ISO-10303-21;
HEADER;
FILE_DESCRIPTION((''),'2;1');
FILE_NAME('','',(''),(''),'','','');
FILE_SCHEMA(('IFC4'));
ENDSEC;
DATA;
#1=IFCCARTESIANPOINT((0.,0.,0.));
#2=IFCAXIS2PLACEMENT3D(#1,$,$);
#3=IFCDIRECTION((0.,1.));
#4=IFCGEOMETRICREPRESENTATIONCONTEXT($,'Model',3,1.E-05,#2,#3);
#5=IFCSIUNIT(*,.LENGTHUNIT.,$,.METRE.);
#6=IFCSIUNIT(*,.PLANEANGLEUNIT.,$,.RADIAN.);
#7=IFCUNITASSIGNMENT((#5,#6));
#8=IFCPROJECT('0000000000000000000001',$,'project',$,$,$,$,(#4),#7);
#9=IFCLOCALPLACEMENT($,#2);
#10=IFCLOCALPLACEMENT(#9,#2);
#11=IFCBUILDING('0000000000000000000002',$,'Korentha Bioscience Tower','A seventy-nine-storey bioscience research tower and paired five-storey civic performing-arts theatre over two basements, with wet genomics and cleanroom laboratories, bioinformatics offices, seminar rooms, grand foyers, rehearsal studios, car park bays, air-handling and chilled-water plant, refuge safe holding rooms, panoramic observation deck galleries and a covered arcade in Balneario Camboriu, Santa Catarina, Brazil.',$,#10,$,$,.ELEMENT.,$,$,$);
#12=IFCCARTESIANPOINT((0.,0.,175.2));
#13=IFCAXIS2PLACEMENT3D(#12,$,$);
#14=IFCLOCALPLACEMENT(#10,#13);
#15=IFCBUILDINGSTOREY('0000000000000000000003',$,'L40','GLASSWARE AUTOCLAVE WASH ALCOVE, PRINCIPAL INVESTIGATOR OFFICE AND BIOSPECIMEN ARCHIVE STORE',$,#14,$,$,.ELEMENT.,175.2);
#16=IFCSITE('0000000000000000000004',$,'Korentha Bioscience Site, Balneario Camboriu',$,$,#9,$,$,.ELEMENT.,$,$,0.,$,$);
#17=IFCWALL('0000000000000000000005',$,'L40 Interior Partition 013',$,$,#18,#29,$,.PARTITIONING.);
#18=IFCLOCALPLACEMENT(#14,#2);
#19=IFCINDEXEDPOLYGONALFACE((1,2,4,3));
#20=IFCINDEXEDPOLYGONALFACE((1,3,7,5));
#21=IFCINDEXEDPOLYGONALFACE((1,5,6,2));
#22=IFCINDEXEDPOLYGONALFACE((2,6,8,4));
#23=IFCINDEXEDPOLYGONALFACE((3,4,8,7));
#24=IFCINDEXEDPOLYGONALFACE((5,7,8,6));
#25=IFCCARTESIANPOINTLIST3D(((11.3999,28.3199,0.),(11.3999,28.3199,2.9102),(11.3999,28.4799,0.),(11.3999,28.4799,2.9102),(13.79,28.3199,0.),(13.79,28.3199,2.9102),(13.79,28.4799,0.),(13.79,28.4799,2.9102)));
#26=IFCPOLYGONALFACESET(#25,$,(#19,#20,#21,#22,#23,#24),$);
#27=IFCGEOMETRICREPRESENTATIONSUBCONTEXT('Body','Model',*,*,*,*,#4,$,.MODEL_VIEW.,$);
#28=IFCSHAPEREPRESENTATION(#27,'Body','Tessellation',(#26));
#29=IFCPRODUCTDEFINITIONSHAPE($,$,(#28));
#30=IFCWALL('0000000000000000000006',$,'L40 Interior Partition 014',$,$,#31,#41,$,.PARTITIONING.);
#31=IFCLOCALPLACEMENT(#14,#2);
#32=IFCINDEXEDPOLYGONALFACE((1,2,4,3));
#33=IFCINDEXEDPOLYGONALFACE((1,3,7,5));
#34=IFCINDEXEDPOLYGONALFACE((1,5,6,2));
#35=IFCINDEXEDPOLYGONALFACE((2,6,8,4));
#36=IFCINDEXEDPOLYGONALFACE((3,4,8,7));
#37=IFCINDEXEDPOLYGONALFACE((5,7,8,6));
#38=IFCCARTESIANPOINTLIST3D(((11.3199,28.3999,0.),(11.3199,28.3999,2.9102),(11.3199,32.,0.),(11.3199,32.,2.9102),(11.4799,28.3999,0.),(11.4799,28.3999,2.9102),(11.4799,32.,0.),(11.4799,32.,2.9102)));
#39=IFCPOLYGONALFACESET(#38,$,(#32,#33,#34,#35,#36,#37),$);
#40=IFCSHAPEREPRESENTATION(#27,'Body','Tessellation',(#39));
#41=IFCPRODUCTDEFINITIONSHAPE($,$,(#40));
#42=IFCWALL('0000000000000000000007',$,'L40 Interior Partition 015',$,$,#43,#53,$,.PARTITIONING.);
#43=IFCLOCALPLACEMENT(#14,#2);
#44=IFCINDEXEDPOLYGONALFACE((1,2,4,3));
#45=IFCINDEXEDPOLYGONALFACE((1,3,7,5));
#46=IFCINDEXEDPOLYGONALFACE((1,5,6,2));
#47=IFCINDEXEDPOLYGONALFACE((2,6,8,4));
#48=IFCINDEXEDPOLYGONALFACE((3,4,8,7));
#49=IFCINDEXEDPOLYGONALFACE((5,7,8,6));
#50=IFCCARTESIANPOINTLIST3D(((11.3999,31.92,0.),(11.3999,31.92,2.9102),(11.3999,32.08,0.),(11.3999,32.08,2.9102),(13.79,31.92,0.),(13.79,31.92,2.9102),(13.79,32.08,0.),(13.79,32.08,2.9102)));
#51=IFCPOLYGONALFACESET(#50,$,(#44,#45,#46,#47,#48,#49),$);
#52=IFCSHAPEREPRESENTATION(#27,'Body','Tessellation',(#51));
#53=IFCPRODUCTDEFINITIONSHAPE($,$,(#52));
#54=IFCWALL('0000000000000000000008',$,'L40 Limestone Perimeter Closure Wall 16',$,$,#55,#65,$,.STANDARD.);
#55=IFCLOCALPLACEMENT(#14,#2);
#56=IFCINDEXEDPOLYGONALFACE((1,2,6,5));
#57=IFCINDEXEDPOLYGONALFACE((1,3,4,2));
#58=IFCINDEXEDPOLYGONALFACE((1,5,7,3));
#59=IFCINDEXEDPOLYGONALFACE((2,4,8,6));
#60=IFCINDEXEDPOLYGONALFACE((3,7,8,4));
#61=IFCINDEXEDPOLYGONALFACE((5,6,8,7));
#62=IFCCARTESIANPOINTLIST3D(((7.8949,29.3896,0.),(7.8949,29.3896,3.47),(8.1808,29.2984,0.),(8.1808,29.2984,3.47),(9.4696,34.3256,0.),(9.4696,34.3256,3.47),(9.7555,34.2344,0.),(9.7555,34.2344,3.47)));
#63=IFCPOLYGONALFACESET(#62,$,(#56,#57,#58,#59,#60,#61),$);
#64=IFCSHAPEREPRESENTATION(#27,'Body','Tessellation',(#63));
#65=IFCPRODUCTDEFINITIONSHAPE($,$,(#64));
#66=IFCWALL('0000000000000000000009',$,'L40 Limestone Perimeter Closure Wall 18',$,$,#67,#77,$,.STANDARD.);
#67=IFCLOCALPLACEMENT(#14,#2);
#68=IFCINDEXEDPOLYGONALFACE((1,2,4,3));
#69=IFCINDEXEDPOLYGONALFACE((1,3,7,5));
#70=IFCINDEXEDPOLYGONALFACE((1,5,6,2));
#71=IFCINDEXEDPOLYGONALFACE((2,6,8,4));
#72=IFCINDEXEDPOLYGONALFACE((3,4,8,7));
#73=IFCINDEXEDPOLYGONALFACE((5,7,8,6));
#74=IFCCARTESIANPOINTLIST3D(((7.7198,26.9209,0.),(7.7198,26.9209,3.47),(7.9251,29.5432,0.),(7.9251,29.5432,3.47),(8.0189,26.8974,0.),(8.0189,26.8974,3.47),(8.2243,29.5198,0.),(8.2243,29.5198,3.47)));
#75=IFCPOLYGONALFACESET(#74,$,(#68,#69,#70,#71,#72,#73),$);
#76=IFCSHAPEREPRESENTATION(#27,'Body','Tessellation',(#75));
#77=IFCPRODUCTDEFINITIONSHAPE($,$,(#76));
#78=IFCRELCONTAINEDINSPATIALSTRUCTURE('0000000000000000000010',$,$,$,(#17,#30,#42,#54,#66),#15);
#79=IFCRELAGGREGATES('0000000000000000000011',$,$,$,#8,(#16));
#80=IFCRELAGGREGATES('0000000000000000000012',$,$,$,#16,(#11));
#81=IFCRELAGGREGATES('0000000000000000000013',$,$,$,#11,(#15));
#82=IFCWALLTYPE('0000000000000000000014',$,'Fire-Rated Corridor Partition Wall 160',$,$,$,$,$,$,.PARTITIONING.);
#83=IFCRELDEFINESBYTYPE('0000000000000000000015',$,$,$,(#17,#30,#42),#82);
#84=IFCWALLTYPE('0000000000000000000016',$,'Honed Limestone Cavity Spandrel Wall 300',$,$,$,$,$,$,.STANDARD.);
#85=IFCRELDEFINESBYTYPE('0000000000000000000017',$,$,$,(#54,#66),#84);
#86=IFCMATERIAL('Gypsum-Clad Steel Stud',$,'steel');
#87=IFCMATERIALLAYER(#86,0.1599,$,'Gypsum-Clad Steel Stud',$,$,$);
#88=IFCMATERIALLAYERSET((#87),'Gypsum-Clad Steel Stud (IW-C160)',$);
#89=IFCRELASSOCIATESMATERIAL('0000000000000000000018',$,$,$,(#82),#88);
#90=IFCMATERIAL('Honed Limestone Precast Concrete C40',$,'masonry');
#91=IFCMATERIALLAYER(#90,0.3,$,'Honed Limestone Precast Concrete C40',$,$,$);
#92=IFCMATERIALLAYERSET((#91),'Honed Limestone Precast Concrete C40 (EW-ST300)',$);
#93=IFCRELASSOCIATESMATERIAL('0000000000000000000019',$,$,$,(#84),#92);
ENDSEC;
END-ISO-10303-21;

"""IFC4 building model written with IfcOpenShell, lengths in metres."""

from ifc_helpers import new_model, si_unit, direction, frame, frame_2d, origin, place, context, subcontext, project, spatial, rectangle, extrude, material, layer, layer_set, type_object, element, save


model = new_model("IFC4")

# Units and contexts
model_context = context("Model", 3, precision=1e-05, world=origin(), true_north=direction((0.0, 1.0)))
body_context = subcontext(model_context, "Body", "Model", "MODEL_VIEW")
ifc_project = project(units=[si_unit("LENGTHUNIT", "METRE"), si_unit("PLANEANGLEUNIT", "RADIAN")], contexts=[model_context])

# Site, building, storey
site_placement = place(None, origin())
site = spatial("IfcSite", under=ifc_project, at=site_placement, Name="Korentha Bioscience Site, Balneario Camboriu", CompositionType="ELEMENT", RefElevation=0.0)
building_placement = place(site_placement, origin())
building = spatial("IfcBuilding", under=site, at=building_placement, Name="Korentha Bioscience Tower", Description="A seventy-nine-storey bioscience research tower and paired five-storey civic performing-arts theatre over two basements, with wet genomics and cleanroom laboratories, bioinformatics offices, seminar rooms, grand foyers, rehearsal studios, car park bays, air-handling and chilled-water plant, refuge safe holding rooms, panoramic observation deck galleries and a covered arcade in Balneario Camboriu, Santa Catarina, Brazil.", CompositionType="ELEMENT")
storey_placement = place(building_placement, frame((0.0, 0.0, 175.2)))
storey = spatial("IfcBuildingStorey", under=building, at=storey_placement, Name="L40", Description="GLASSWARE AUTOCLAVE WASH ALCOVE, PRINCIPAL INVESTIGATOR OFFICE AND BIOSPECIMEN ARCHIVE STORE", CompositionType="ELEMENT", Elevation=175.2)

# Shared definitions
ifc_material_1 = material(Name="Gypsum-Clad Steel Stud", Category="steel")
ifc_layer_1 = layer(ifc_material_1, 0.1599, Name="Gypsum-Clad Steel Stud")
ifc_layer_set_1 = layer_set([ifc_layer_1], Name="Gypsum-Clad Steel Stud (IW-C160)")
wall_type_1 = type_object("IfcWallType", Name="Fire-Rated Corridor Partition Wall 160", PredefinedType="PARTITIONING", material=ifc_layer_set_1)

# Walls
wall_1_placement = place(storey_placement, frame((13.79, 28.3999, 0.0), z_axis=(0.0, 0.0, 1.0), x_axis=(-1.0, 0.0, 0.0)))
element("IfcWall", 1, at=wall_1_placement, inside=storey, type_object=wall_type_1, Name="L40 Interior Partition 013", PredefinedType="PARTITIONING", context=body_context, shape_type="SweptSolid", body=[
    extrude(rectangle(XDim=2.3901, YDim=0.1599, at=frame_2d((1.1951, 0.0))), origin(), (0.0, 0.0, 1.0), 2.9102),
])
wall_2_placement = place(storey_placement, frame((11.3999, 28.3999, 0.0), z_axis=(0.0, 0.0, 1.0), x_axis=(0.0, 1.0, 0.0)))
element("IfcWall", 2, at=wall_2_placement, inside=storey, type_object=wall_type_1, Name="L40 Interior Partition 014", PredefinedType="PARTITIONING", context=body_context, shape_type="SweptSolid", body=[
    extrude(rectangle(XDim=3.6001, YDim=0.1599, at=frame_2d((1.8, 0.0))), origin(), (0.0, 0.0, 1.0), 2.9102),
])
wall_3_placement = place(storey_placement, frame((11.3999, 32.0, 0.0), z_axis=(0.0, 0.0, 1.0), x_axis=(1.0, 0.0, 0.0)))
element("IfcWall", 3, at=wall_3_placement, inside=storey, type_object=wall_type_1, Name="L40 Interior Partition 015", PredefinedType="PARTITIONING", context=body_context, shape_type="SweptSolid", body=[
    extrude(rectangle(XDim=2.3901, YDim=0.1599, at=frame_2d((1.1951, 0.0))), origin(), (0.0, 0.0, 1.0), 2.9102),
])
ifc_material_2 = material(Name="Honed Limestone Precast Concrete C40", Category="masonry")
ifc_layer_2 = layer(ifc_material_2, 0.3, Name="Honed Limestone Precast Concrete C40")
ifc_layer_set_2 = layer_set([ifc_layer_2], Name="Honed Limestone Precast Concrete C40 (EW-ST300)")
wall_type_2 = type_object("IfcWallType", Name="Honed Limestone Cavity Spandrel Wall 300", PredefinedType="STANDARD", material=ifc_layer_set_2)
wall_4_placement = place(storey_placement, frame((9.6125, 34.28, 0.0), z_axis=(0.0, 0.0, 1.0), x_axis=(-0.303931, -0.952694, 0.0)))
element("IfcWall", 4, at=wall_4_placement, inside=storey, type_object=wall_type_2, Name="L40 Limestone Perimeter Closure Wall 16", PredefinedType="STANDARD", context=body_context, shape_type="SweptSolid", body=[
    extrude(rectangle(XDim=5.1812, YDim=0.3, at=frame_2d((2.5906, 0.0))), origin(), (0.0, 0.0, 1.0), 3.47),
])
wall_5_placement = place(storey_placement, frame((8.0747, 29.5315, 0.0), z_axis=(0.0, 0.0, 1.0), x_axis=(-0.078059, -0.996949, 0.0)))
element("IfcWall", 5, at=wall_5_placement, inside=storey, type_object=wall_type_2, Name="L40 Limestone Perimeter Closure Wall 18", PredefinedType="STANDARD", context=body_context, shape_type="SweptSolid", body=[
    extrude(rectangle(XDim=2.6304, YDim=0.3, at=frame_2d((1.3152, 0.0))), origin(), (0.0, 0.0, 1.0), 3.47),
])

save(model, "model.ifc")
